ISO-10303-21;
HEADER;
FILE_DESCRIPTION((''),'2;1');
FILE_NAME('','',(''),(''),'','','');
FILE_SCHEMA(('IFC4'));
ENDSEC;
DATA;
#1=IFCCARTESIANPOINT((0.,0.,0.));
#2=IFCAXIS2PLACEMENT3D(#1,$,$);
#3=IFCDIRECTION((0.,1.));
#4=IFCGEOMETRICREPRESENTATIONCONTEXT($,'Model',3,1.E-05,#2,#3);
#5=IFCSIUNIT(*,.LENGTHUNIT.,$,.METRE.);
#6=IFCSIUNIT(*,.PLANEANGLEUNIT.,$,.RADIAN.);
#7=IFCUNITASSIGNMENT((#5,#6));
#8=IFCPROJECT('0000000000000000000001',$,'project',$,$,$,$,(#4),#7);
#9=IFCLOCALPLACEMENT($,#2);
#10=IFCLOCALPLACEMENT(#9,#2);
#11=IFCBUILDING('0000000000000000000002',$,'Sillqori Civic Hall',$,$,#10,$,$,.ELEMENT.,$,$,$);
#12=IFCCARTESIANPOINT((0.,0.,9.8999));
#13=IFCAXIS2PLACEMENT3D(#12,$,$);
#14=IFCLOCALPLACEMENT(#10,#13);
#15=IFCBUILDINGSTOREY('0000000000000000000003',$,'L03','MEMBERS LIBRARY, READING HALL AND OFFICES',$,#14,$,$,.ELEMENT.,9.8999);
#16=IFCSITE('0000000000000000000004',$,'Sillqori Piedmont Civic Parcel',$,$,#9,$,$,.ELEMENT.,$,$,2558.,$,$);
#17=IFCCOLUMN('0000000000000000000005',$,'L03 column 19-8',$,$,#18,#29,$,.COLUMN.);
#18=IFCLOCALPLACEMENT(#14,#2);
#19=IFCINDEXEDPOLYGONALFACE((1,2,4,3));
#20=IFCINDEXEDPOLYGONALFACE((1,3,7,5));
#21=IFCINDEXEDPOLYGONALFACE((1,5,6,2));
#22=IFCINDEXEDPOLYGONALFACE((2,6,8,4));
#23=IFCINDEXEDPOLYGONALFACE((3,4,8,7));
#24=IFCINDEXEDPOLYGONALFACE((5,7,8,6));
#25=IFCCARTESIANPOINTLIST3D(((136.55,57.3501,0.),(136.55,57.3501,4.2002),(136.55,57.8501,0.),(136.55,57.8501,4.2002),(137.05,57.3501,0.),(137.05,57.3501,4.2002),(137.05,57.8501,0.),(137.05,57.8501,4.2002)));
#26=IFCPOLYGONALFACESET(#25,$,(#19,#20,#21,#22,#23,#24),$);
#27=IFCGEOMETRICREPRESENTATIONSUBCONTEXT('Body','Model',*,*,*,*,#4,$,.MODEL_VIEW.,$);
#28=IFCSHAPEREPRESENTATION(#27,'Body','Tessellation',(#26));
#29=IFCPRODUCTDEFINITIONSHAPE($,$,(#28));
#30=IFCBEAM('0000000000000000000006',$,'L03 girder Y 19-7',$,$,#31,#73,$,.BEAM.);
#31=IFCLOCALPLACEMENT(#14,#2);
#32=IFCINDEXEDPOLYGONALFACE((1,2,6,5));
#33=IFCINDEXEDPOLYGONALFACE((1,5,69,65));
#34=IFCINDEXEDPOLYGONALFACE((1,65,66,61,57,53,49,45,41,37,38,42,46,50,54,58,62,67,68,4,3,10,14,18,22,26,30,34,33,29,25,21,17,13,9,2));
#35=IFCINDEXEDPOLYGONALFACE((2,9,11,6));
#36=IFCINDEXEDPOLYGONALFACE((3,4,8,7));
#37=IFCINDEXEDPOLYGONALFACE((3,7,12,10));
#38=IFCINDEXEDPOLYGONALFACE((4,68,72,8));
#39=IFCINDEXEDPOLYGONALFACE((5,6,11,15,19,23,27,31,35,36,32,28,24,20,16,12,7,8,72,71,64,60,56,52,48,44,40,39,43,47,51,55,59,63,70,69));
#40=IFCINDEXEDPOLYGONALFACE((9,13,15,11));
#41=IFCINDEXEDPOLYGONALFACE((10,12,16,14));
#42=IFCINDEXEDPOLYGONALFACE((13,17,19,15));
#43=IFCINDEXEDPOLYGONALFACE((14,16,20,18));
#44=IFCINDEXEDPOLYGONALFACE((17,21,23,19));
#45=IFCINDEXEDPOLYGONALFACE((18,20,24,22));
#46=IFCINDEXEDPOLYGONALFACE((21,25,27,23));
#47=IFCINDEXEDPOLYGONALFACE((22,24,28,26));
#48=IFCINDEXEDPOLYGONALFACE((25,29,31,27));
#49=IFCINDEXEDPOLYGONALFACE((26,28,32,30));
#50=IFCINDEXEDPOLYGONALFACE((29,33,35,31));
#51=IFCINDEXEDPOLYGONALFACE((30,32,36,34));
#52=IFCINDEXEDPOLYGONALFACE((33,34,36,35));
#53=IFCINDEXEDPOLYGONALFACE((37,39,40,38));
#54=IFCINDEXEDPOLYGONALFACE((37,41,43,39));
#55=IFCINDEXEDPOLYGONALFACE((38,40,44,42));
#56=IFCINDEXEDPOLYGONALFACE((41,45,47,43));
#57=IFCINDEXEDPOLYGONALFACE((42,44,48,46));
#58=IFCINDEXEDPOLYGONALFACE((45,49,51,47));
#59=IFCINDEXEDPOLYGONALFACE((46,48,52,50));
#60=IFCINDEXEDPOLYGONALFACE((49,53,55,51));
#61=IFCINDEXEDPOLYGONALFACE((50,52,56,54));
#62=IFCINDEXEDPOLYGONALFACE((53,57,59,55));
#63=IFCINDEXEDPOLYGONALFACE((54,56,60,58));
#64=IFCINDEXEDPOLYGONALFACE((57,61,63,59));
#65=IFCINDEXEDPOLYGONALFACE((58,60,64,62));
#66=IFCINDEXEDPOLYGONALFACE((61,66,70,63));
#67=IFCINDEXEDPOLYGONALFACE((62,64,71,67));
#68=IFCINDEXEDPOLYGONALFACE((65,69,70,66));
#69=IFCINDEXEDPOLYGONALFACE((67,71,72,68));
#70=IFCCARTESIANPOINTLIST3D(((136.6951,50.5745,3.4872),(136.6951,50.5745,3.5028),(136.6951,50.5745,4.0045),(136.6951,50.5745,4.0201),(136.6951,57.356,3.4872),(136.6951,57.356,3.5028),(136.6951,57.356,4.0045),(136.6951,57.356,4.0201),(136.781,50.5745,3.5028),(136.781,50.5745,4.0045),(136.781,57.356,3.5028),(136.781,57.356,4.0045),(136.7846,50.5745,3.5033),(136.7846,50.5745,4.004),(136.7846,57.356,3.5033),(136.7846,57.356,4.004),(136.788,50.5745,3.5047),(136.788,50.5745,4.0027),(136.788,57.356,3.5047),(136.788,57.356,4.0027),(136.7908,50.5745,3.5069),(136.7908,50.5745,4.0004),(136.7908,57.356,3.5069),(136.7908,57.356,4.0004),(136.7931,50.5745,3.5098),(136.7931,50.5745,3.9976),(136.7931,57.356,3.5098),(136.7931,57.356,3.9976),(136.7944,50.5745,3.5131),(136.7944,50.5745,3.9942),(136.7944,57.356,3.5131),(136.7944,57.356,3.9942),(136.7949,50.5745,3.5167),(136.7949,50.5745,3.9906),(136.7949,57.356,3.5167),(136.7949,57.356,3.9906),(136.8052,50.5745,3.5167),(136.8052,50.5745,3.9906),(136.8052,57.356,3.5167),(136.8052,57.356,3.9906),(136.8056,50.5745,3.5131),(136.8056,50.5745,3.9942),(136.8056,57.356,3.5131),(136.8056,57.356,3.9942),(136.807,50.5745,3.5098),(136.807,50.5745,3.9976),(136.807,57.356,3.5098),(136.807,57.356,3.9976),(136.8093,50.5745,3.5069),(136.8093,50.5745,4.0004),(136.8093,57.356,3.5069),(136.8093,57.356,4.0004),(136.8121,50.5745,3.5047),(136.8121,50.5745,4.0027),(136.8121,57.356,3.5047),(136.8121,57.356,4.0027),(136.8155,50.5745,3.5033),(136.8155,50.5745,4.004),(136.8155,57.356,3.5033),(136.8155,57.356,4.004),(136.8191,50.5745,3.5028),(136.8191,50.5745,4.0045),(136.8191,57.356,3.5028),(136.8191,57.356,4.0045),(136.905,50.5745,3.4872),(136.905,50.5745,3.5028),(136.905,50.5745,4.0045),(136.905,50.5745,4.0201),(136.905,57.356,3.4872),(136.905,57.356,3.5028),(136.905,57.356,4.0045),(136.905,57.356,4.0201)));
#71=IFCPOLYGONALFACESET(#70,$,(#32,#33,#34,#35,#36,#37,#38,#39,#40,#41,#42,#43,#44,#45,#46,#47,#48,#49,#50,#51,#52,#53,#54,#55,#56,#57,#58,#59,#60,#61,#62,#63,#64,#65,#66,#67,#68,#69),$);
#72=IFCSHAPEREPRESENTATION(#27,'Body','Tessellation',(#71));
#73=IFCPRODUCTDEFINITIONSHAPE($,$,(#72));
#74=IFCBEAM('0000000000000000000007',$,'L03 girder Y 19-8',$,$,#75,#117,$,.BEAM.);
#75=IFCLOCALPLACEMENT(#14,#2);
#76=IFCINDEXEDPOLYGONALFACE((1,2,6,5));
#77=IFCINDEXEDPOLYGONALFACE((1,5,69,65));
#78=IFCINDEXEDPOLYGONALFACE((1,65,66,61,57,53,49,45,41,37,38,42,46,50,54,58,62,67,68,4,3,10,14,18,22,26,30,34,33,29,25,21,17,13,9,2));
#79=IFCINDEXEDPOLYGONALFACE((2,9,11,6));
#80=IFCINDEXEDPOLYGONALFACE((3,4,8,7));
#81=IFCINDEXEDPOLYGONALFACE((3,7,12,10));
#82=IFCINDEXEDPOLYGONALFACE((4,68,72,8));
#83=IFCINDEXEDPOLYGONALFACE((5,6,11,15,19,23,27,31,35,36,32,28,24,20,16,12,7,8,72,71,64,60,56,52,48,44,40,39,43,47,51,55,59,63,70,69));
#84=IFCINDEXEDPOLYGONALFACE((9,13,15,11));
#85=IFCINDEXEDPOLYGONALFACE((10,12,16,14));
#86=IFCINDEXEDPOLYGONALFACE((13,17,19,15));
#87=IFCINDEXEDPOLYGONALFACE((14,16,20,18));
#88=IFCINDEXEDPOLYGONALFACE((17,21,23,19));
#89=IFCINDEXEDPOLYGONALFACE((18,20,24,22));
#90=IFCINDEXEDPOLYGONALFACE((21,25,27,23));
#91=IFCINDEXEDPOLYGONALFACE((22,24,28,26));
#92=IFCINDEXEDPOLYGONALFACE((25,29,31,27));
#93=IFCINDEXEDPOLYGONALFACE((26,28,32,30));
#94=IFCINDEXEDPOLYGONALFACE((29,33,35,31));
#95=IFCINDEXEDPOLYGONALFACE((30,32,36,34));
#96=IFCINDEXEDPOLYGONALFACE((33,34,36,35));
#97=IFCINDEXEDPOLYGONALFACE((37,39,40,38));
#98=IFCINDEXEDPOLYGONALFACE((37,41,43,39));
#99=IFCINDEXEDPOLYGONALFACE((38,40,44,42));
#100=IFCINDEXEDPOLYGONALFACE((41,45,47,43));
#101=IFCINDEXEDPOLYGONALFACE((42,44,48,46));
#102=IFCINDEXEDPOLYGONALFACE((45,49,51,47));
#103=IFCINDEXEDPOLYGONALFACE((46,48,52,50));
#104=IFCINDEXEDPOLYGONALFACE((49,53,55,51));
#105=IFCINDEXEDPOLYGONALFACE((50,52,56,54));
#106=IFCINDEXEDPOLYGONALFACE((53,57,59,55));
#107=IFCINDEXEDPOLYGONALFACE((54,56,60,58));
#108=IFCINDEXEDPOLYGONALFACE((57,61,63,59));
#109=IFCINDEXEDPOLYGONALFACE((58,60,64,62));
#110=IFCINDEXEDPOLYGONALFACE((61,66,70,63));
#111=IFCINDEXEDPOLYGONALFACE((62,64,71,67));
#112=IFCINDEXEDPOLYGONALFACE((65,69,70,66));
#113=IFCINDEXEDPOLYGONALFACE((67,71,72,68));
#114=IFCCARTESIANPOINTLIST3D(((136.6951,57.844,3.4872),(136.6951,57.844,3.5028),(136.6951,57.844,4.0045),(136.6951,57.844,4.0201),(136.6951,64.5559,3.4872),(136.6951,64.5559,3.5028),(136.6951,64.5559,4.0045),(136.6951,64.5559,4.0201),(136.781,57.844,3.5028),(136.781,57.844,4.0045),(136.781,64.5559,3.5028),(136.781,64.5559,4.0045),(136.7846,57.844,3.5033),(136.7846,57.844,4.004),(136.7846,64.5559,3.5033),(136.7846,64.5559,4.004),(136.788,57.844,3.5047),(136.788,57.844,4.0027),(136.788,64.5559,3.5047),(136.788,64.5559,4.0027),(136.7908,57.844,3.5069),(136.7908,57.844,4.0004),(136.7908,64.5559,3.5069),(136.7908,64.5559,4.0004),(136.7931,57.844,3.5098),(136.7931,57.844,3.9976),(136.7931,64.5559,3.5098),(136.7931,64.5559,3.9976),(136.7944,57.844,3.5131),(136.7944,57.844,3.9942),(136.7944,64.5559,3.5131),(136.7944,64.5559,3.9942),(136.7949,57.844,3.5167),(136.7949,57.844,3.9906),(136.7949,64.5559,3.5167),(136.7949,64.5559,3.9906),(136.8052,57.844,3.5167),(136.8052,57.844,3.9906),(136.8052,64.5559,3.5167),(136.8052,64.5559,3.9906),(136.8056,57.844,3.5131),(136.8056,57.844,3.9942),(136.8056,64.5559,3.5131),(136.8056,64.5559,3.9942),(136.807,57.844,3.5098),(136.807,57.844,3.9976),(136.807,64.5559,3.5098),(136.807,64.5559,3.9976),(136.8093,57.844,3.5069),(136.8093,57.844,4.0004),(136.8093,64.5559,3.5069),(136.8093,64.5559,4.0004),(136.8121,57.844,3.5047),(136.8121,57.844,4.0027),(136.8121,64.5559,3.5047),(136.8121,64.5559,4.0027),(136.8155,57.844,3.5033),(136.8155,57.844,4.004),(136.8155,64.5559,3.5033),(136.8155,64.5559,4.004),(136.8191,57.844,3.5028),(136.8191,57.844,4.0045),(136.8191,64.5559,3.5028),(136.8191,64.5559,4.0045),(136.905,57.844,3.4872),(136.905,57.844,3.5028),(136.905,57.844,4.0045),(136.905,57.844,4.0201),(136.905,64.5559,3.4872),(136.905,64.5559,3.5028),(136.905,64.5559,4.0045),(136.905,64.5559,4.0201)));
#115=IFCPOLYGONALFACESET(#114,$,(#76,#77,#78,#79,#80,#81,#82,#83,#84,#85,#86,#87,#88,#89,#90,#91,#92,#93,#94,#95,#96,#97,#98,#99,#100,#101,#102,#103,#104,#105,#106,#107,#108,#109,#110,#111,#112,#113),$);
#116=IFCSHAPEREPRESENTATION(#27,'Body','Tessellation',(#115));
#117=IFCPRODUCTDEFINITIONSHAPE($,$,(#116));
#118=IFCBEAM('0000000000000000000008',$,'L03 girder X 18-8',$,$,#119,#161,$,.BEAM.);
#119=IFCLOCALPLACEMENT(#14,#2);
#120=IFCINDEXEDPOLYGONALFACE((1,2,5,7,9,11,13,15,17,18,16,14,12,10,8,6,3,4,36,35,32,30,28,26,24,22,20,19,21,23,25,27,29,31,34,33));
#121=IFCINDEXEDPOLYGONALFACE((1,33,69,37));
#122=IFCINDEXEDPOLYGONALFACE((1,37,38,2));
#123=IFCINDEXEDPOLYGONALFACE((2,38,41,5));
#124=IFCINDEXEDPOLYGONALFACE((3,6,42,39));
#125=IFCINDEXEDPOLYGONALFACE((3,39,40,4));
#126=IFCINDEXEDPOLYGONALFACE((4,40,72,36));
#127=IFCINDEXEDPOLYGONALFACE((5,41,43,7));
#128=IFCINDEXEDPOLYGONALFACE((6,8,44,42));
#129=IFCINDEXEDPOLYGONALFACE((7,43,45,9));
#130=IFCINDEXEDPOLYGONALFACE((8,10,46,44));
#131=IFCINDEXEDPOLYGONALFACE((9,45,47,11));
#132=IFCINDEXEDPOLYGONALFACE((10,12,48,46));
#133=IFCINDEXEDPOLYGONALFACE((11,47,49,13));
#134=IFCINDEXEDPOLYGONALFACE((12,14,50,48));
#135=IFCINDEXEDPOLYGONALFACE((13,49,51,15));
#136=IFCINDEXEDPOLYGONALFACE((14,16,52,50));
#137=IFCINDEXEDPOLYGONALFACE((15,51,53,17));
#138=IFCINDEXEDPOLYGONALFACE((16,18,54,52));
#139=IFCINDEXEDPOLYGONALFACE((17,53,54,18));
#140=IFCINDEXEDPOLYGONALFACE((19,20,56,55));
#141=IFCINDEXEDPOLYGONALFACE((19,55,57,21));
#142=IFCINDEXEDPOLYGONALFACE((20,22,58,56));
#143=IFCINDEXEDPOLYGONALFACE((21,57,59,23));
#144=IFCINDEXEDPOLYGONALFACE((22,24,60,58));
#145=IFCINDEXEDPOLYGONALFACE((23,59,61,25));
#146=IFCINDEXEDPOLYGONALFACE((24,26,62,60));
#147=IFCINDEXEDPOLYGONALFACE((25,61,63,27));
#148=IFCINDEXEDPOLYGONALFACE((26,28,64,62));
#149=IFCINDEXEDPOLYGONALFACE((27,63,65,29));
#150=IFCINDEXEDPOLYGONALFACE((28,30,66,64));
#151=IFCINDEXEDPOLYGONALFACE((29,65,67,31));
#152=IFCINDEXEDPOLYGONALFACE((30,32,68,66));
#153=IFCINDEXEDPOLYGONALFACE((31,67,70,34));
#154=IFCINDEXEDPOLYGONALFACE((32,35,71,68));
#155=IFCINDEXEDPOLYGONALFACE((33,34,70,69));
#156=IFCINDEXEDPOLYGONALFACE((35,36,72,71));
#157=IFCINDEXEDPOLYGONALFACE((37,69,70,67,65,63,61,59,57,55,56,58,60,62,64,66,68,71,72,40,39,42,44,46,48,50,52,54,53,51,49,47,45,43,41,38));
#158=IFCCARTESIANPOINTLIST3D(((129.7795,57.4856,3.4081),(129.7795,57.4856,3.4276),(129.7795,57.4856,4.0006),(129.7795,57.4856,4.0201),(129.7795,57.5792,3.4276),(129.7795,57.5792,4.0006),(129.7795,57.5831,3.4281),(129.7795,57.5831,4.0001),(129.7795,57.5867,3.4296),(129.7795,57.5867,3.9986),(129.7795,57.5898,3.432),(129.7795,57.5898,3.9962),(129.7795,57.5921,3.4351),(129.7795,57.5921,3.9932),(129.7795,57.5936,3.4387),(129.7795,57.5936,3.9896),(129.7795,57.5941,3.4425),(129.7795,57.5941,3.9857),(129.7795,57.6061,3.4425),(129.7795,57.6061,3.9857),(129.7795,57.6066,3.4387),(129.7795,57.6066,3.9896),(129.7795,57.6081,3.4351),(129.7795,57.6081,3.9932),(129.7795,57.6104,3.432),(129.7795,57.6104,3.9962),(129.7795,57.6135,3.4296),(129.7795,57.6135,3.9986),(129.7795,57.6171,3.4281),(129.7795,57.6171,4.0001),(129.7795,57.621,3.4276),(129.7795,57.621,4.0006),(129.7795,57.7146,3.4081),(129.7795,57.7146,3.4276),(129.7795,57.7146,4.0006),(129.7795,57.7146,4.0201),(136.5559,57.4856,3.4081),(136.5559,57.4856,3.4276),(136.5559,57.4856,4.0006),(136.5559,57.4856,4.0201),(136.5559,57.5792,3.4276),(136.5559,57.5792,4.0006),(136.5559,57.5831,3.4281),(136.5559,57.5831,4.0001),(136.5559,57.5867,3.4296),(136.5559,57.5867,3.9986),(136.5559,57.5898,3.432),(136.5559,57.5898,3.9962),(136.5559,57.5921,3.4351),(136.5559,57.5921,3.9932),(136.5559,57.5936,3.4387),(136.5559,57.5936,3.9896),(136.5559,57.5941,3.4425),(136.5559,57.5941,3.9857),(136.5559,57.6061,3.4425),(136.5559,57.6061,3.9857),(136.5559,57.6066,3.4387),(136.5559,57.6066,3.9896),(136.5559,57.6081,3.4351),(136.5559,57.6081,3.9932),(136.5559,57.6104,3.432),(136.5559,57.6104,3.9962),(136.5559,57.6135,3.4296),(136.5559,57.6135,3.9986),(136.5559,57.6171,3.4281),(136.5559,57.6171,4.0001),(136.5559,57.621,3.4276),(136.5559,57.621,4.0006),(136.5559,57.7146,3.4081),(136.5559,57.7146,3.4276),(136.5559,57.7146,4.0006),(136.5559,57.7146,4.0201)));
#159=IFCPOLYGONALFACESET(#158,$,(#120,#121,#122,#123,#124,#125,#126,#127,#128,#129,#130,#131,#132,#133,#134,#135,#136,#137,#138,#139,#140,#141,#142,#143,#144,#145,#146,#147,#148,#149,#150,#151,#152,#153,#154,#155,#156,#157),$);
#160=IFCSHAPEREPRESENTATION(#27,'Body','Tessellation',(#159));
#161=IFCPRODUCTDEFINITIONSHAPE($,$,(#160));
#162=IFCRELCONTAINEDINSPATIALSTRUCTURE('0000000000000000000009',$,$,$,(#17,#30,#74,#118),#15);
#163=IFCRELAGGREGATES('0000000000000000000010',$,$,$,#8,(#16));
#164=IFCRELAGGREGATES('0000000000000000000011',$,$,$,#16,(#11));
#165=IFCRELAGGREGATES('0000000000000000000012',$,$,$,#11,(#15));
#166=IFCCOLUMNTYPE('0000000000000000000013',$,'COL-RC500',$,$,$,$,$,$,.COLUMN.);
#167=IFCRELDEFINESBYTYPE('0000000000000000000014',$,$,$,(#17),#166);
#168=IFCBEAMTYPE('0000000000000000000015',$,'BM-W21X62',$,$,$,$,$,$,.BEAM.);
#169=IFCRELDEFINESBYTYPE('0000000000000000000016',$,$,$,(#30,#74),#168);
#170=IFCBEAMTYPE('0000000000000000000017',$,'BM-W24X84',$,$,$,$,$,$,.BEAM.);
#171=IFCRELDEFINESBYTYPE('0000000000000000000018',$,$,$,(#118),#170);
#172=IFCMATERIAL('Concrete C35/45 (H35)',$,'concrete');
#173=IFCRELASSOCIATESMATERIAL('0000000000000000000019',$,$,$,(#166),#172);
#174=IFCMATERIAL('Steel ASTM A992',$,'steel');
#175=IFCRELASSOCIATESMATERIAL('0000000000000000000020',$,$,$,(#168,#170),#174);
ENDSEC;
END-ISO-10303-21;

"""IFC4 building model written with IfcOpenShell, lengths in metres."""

from ifc_helpers import new_model, si_unit, direction, frame, origin, origin_2d, place, context, subcontext, project, spatial, rectangle, i_section, extrude, material, material_profile, profile_set, type_object, element, save


model = new_model("IFC4")

# Units and contexts
model_context = context("Model", 3, precision=1e-05, world=origin(), true_north=direction((0.0, 1.0)))
body_context = subcontext(model_context, "Body", "Model", "MODEL_VIEW")
ifc_project = project(units=[si_unit("LENGTHUNIT", "METRE"), si_unit("PLANEANGLEUNIT", "RADIAN")], contexts=[model_context])

# Site, building, storey
site_placement = place(None, origin())
site = spatial("IfcSite", under=ifc_project, at=site_placement, Name="Sillqori Piedmont Civic Parcel", CompositionType="ELEMENT", RefElevation=2558.0)
building_placement = place(site_placement, origin())
building = spatial("IfcBuilding", under=site, at=building_placement, Name="Sillqori Civic Hall", CompositionType="ELEMENT")
storey_placement = place(building_placement, frame((0.0, 0.0, 9.8999)))
storey = spatial("IfcBuildingStorey", under=building, at=storey_placement, Name="L03", Description="MEMBERS LIBRARY, READING HALL AND OFFICES", CompositionType="ELEMENT", Elevation=9.8999)

# Column
ifc_material_1 = material(Name="Concrete C35/45 (H35)", Category="concrete")
ifc_material_profile_1 = material_profile(ifc_material_1, rectangle(XDim=0.5, YDim=0.5, at=origin_2d()), Name="RC 500x500")
ifc_profile_set_1 = profile_set([ifc_material_profile_1], Name="Concrete C35/45 (H35)")
column_type = type_object("IfcColumnType", Name="COL-RC500", PredefinedType="COLUMN", material=ifc_profile_set_1)
column_placement = place(storey_placement, frame((136.8, 57.6001, 0.0), z_axis=(0.0, 0.0, 1.0), x_axis=(1.0, 0.0, 0.0)))
element("IfcColumn", 1, at=column_placement, inside=storey, type_object=column_type, Name="L03 column 19-8", PredefinedType="COLUMN", context=body_context, shape_type="SweptSolid", body=[
    extrude(rectangle(XDim=0.5, YDim=0.5, at=origin_2d()), origin(), (0.0, 0.0, 1.0), 4.2002),
])

# Beams
ifc_material_2 = material(Name="Steel ASTM A992", Category="steel")
ifc_material_profile_2 = material_profile(ifc_material_2, i_section(OverallWidth=0.21, OverallDepth=0.533, WebThickness=0.0103, FlangeThickness=0.0156, FilletRadius=0.0139, at=origin_2d()), Name="W21X62")
ifc_profile_set_2 = profile_set([ifc_material_profile_2], Name="Steel ASTM A992")
beam_type_1 = type_object("IfcBeamType", Name="BM-W21X62", PredefinedType="BEAM", material=ifc_profile_set_2)
beam_1_placement = place(storey_placement, frame((136.8, 50.5745, 3.7537), z_axis=(0.0, 1.0, 0.0), x_axis=(-1.0, 0.0, 0.0)))
element("IfcBeam", 2, at=beam_1_placement, inside=storey, type_object=beam_type_1, Name="L03 girder Y 19-7", PredefinedType="BEAM", context=body_context, shape_type="SweptSolid", body=[
    extrude(i_section(OverallWidth=0.21, OverallDepth=0.533, WebThickness=0.0103, FlangeThickness=0.0156, FilletRadius=0.0139, at=origin_2d()), origin(), (0.0, 0.0, 1.0), 6.7815),
])
beam_2_placement = place(storey_placement, frame((136.8, 57.844, 3.7537), z_axis=(0.0, 1.0, 0.0), x_axis=(-1.0, 0.0, 0.0)))
element("IfcBeam", 3, at=beam_2_placement, inside=storey, type_object=beam_type_1, Name="L03 girder Y 19-8", PredefinedType="BEAM", context=body_context, shape_type="SweptSolid", body=[
    extrude(i_section(OverallWidth=0.21, OverallDepth=0.533, WebThickness=0.0103, FlangeThickness=0.0156, FilletRadius=0.0139, at=origin_2d()), origin(), (0.0, 0.0, 1.0), 6.7119),
])
ifc_material_profile_3 = material_profile(ifc_material_2, i_section(OverallWidth=0.229, OverallDepth=0.6121, WebThickness=0.012, FlangeThickness=0.0195, FilletRadius=0.0149, at=origin_2d()), Name="W24X84")
ifc_profile_set_3 = profile_set([ifc_material_profile_3], Name="Steel ASTM A992")
beam_type_2 = type_object("IfcBeamType", Name="BM-W24X84", PredefinedType="BEAM", material=ifc_profile_set_3)
beam_3_placement = place(storey_placement, frame((129.7795, 57.6001, 3.7141), z_axis=(1.0, 0.0, 0.0), x_axis=(0.0, 1.0, 0.0)))
element("IfcBeam", 4, at=beam_3_placement, inside=storey, type_object=beam_type_2, Name="L03 girder X 18-8", PredefinedType="BEAM", context=body_context, shape_type="SweptSolid", body=[
    extrude(i_section(OverallWidth=0.229, OverallDepth=0.6121, WebThickness=0.012, FlangeThickness=0.0195, FilletRadius=0.0149, at=origin_2d()), origin(), (0.0, 0.0, 1.0), 6.7764),
])

save(model, "model.ifc")
